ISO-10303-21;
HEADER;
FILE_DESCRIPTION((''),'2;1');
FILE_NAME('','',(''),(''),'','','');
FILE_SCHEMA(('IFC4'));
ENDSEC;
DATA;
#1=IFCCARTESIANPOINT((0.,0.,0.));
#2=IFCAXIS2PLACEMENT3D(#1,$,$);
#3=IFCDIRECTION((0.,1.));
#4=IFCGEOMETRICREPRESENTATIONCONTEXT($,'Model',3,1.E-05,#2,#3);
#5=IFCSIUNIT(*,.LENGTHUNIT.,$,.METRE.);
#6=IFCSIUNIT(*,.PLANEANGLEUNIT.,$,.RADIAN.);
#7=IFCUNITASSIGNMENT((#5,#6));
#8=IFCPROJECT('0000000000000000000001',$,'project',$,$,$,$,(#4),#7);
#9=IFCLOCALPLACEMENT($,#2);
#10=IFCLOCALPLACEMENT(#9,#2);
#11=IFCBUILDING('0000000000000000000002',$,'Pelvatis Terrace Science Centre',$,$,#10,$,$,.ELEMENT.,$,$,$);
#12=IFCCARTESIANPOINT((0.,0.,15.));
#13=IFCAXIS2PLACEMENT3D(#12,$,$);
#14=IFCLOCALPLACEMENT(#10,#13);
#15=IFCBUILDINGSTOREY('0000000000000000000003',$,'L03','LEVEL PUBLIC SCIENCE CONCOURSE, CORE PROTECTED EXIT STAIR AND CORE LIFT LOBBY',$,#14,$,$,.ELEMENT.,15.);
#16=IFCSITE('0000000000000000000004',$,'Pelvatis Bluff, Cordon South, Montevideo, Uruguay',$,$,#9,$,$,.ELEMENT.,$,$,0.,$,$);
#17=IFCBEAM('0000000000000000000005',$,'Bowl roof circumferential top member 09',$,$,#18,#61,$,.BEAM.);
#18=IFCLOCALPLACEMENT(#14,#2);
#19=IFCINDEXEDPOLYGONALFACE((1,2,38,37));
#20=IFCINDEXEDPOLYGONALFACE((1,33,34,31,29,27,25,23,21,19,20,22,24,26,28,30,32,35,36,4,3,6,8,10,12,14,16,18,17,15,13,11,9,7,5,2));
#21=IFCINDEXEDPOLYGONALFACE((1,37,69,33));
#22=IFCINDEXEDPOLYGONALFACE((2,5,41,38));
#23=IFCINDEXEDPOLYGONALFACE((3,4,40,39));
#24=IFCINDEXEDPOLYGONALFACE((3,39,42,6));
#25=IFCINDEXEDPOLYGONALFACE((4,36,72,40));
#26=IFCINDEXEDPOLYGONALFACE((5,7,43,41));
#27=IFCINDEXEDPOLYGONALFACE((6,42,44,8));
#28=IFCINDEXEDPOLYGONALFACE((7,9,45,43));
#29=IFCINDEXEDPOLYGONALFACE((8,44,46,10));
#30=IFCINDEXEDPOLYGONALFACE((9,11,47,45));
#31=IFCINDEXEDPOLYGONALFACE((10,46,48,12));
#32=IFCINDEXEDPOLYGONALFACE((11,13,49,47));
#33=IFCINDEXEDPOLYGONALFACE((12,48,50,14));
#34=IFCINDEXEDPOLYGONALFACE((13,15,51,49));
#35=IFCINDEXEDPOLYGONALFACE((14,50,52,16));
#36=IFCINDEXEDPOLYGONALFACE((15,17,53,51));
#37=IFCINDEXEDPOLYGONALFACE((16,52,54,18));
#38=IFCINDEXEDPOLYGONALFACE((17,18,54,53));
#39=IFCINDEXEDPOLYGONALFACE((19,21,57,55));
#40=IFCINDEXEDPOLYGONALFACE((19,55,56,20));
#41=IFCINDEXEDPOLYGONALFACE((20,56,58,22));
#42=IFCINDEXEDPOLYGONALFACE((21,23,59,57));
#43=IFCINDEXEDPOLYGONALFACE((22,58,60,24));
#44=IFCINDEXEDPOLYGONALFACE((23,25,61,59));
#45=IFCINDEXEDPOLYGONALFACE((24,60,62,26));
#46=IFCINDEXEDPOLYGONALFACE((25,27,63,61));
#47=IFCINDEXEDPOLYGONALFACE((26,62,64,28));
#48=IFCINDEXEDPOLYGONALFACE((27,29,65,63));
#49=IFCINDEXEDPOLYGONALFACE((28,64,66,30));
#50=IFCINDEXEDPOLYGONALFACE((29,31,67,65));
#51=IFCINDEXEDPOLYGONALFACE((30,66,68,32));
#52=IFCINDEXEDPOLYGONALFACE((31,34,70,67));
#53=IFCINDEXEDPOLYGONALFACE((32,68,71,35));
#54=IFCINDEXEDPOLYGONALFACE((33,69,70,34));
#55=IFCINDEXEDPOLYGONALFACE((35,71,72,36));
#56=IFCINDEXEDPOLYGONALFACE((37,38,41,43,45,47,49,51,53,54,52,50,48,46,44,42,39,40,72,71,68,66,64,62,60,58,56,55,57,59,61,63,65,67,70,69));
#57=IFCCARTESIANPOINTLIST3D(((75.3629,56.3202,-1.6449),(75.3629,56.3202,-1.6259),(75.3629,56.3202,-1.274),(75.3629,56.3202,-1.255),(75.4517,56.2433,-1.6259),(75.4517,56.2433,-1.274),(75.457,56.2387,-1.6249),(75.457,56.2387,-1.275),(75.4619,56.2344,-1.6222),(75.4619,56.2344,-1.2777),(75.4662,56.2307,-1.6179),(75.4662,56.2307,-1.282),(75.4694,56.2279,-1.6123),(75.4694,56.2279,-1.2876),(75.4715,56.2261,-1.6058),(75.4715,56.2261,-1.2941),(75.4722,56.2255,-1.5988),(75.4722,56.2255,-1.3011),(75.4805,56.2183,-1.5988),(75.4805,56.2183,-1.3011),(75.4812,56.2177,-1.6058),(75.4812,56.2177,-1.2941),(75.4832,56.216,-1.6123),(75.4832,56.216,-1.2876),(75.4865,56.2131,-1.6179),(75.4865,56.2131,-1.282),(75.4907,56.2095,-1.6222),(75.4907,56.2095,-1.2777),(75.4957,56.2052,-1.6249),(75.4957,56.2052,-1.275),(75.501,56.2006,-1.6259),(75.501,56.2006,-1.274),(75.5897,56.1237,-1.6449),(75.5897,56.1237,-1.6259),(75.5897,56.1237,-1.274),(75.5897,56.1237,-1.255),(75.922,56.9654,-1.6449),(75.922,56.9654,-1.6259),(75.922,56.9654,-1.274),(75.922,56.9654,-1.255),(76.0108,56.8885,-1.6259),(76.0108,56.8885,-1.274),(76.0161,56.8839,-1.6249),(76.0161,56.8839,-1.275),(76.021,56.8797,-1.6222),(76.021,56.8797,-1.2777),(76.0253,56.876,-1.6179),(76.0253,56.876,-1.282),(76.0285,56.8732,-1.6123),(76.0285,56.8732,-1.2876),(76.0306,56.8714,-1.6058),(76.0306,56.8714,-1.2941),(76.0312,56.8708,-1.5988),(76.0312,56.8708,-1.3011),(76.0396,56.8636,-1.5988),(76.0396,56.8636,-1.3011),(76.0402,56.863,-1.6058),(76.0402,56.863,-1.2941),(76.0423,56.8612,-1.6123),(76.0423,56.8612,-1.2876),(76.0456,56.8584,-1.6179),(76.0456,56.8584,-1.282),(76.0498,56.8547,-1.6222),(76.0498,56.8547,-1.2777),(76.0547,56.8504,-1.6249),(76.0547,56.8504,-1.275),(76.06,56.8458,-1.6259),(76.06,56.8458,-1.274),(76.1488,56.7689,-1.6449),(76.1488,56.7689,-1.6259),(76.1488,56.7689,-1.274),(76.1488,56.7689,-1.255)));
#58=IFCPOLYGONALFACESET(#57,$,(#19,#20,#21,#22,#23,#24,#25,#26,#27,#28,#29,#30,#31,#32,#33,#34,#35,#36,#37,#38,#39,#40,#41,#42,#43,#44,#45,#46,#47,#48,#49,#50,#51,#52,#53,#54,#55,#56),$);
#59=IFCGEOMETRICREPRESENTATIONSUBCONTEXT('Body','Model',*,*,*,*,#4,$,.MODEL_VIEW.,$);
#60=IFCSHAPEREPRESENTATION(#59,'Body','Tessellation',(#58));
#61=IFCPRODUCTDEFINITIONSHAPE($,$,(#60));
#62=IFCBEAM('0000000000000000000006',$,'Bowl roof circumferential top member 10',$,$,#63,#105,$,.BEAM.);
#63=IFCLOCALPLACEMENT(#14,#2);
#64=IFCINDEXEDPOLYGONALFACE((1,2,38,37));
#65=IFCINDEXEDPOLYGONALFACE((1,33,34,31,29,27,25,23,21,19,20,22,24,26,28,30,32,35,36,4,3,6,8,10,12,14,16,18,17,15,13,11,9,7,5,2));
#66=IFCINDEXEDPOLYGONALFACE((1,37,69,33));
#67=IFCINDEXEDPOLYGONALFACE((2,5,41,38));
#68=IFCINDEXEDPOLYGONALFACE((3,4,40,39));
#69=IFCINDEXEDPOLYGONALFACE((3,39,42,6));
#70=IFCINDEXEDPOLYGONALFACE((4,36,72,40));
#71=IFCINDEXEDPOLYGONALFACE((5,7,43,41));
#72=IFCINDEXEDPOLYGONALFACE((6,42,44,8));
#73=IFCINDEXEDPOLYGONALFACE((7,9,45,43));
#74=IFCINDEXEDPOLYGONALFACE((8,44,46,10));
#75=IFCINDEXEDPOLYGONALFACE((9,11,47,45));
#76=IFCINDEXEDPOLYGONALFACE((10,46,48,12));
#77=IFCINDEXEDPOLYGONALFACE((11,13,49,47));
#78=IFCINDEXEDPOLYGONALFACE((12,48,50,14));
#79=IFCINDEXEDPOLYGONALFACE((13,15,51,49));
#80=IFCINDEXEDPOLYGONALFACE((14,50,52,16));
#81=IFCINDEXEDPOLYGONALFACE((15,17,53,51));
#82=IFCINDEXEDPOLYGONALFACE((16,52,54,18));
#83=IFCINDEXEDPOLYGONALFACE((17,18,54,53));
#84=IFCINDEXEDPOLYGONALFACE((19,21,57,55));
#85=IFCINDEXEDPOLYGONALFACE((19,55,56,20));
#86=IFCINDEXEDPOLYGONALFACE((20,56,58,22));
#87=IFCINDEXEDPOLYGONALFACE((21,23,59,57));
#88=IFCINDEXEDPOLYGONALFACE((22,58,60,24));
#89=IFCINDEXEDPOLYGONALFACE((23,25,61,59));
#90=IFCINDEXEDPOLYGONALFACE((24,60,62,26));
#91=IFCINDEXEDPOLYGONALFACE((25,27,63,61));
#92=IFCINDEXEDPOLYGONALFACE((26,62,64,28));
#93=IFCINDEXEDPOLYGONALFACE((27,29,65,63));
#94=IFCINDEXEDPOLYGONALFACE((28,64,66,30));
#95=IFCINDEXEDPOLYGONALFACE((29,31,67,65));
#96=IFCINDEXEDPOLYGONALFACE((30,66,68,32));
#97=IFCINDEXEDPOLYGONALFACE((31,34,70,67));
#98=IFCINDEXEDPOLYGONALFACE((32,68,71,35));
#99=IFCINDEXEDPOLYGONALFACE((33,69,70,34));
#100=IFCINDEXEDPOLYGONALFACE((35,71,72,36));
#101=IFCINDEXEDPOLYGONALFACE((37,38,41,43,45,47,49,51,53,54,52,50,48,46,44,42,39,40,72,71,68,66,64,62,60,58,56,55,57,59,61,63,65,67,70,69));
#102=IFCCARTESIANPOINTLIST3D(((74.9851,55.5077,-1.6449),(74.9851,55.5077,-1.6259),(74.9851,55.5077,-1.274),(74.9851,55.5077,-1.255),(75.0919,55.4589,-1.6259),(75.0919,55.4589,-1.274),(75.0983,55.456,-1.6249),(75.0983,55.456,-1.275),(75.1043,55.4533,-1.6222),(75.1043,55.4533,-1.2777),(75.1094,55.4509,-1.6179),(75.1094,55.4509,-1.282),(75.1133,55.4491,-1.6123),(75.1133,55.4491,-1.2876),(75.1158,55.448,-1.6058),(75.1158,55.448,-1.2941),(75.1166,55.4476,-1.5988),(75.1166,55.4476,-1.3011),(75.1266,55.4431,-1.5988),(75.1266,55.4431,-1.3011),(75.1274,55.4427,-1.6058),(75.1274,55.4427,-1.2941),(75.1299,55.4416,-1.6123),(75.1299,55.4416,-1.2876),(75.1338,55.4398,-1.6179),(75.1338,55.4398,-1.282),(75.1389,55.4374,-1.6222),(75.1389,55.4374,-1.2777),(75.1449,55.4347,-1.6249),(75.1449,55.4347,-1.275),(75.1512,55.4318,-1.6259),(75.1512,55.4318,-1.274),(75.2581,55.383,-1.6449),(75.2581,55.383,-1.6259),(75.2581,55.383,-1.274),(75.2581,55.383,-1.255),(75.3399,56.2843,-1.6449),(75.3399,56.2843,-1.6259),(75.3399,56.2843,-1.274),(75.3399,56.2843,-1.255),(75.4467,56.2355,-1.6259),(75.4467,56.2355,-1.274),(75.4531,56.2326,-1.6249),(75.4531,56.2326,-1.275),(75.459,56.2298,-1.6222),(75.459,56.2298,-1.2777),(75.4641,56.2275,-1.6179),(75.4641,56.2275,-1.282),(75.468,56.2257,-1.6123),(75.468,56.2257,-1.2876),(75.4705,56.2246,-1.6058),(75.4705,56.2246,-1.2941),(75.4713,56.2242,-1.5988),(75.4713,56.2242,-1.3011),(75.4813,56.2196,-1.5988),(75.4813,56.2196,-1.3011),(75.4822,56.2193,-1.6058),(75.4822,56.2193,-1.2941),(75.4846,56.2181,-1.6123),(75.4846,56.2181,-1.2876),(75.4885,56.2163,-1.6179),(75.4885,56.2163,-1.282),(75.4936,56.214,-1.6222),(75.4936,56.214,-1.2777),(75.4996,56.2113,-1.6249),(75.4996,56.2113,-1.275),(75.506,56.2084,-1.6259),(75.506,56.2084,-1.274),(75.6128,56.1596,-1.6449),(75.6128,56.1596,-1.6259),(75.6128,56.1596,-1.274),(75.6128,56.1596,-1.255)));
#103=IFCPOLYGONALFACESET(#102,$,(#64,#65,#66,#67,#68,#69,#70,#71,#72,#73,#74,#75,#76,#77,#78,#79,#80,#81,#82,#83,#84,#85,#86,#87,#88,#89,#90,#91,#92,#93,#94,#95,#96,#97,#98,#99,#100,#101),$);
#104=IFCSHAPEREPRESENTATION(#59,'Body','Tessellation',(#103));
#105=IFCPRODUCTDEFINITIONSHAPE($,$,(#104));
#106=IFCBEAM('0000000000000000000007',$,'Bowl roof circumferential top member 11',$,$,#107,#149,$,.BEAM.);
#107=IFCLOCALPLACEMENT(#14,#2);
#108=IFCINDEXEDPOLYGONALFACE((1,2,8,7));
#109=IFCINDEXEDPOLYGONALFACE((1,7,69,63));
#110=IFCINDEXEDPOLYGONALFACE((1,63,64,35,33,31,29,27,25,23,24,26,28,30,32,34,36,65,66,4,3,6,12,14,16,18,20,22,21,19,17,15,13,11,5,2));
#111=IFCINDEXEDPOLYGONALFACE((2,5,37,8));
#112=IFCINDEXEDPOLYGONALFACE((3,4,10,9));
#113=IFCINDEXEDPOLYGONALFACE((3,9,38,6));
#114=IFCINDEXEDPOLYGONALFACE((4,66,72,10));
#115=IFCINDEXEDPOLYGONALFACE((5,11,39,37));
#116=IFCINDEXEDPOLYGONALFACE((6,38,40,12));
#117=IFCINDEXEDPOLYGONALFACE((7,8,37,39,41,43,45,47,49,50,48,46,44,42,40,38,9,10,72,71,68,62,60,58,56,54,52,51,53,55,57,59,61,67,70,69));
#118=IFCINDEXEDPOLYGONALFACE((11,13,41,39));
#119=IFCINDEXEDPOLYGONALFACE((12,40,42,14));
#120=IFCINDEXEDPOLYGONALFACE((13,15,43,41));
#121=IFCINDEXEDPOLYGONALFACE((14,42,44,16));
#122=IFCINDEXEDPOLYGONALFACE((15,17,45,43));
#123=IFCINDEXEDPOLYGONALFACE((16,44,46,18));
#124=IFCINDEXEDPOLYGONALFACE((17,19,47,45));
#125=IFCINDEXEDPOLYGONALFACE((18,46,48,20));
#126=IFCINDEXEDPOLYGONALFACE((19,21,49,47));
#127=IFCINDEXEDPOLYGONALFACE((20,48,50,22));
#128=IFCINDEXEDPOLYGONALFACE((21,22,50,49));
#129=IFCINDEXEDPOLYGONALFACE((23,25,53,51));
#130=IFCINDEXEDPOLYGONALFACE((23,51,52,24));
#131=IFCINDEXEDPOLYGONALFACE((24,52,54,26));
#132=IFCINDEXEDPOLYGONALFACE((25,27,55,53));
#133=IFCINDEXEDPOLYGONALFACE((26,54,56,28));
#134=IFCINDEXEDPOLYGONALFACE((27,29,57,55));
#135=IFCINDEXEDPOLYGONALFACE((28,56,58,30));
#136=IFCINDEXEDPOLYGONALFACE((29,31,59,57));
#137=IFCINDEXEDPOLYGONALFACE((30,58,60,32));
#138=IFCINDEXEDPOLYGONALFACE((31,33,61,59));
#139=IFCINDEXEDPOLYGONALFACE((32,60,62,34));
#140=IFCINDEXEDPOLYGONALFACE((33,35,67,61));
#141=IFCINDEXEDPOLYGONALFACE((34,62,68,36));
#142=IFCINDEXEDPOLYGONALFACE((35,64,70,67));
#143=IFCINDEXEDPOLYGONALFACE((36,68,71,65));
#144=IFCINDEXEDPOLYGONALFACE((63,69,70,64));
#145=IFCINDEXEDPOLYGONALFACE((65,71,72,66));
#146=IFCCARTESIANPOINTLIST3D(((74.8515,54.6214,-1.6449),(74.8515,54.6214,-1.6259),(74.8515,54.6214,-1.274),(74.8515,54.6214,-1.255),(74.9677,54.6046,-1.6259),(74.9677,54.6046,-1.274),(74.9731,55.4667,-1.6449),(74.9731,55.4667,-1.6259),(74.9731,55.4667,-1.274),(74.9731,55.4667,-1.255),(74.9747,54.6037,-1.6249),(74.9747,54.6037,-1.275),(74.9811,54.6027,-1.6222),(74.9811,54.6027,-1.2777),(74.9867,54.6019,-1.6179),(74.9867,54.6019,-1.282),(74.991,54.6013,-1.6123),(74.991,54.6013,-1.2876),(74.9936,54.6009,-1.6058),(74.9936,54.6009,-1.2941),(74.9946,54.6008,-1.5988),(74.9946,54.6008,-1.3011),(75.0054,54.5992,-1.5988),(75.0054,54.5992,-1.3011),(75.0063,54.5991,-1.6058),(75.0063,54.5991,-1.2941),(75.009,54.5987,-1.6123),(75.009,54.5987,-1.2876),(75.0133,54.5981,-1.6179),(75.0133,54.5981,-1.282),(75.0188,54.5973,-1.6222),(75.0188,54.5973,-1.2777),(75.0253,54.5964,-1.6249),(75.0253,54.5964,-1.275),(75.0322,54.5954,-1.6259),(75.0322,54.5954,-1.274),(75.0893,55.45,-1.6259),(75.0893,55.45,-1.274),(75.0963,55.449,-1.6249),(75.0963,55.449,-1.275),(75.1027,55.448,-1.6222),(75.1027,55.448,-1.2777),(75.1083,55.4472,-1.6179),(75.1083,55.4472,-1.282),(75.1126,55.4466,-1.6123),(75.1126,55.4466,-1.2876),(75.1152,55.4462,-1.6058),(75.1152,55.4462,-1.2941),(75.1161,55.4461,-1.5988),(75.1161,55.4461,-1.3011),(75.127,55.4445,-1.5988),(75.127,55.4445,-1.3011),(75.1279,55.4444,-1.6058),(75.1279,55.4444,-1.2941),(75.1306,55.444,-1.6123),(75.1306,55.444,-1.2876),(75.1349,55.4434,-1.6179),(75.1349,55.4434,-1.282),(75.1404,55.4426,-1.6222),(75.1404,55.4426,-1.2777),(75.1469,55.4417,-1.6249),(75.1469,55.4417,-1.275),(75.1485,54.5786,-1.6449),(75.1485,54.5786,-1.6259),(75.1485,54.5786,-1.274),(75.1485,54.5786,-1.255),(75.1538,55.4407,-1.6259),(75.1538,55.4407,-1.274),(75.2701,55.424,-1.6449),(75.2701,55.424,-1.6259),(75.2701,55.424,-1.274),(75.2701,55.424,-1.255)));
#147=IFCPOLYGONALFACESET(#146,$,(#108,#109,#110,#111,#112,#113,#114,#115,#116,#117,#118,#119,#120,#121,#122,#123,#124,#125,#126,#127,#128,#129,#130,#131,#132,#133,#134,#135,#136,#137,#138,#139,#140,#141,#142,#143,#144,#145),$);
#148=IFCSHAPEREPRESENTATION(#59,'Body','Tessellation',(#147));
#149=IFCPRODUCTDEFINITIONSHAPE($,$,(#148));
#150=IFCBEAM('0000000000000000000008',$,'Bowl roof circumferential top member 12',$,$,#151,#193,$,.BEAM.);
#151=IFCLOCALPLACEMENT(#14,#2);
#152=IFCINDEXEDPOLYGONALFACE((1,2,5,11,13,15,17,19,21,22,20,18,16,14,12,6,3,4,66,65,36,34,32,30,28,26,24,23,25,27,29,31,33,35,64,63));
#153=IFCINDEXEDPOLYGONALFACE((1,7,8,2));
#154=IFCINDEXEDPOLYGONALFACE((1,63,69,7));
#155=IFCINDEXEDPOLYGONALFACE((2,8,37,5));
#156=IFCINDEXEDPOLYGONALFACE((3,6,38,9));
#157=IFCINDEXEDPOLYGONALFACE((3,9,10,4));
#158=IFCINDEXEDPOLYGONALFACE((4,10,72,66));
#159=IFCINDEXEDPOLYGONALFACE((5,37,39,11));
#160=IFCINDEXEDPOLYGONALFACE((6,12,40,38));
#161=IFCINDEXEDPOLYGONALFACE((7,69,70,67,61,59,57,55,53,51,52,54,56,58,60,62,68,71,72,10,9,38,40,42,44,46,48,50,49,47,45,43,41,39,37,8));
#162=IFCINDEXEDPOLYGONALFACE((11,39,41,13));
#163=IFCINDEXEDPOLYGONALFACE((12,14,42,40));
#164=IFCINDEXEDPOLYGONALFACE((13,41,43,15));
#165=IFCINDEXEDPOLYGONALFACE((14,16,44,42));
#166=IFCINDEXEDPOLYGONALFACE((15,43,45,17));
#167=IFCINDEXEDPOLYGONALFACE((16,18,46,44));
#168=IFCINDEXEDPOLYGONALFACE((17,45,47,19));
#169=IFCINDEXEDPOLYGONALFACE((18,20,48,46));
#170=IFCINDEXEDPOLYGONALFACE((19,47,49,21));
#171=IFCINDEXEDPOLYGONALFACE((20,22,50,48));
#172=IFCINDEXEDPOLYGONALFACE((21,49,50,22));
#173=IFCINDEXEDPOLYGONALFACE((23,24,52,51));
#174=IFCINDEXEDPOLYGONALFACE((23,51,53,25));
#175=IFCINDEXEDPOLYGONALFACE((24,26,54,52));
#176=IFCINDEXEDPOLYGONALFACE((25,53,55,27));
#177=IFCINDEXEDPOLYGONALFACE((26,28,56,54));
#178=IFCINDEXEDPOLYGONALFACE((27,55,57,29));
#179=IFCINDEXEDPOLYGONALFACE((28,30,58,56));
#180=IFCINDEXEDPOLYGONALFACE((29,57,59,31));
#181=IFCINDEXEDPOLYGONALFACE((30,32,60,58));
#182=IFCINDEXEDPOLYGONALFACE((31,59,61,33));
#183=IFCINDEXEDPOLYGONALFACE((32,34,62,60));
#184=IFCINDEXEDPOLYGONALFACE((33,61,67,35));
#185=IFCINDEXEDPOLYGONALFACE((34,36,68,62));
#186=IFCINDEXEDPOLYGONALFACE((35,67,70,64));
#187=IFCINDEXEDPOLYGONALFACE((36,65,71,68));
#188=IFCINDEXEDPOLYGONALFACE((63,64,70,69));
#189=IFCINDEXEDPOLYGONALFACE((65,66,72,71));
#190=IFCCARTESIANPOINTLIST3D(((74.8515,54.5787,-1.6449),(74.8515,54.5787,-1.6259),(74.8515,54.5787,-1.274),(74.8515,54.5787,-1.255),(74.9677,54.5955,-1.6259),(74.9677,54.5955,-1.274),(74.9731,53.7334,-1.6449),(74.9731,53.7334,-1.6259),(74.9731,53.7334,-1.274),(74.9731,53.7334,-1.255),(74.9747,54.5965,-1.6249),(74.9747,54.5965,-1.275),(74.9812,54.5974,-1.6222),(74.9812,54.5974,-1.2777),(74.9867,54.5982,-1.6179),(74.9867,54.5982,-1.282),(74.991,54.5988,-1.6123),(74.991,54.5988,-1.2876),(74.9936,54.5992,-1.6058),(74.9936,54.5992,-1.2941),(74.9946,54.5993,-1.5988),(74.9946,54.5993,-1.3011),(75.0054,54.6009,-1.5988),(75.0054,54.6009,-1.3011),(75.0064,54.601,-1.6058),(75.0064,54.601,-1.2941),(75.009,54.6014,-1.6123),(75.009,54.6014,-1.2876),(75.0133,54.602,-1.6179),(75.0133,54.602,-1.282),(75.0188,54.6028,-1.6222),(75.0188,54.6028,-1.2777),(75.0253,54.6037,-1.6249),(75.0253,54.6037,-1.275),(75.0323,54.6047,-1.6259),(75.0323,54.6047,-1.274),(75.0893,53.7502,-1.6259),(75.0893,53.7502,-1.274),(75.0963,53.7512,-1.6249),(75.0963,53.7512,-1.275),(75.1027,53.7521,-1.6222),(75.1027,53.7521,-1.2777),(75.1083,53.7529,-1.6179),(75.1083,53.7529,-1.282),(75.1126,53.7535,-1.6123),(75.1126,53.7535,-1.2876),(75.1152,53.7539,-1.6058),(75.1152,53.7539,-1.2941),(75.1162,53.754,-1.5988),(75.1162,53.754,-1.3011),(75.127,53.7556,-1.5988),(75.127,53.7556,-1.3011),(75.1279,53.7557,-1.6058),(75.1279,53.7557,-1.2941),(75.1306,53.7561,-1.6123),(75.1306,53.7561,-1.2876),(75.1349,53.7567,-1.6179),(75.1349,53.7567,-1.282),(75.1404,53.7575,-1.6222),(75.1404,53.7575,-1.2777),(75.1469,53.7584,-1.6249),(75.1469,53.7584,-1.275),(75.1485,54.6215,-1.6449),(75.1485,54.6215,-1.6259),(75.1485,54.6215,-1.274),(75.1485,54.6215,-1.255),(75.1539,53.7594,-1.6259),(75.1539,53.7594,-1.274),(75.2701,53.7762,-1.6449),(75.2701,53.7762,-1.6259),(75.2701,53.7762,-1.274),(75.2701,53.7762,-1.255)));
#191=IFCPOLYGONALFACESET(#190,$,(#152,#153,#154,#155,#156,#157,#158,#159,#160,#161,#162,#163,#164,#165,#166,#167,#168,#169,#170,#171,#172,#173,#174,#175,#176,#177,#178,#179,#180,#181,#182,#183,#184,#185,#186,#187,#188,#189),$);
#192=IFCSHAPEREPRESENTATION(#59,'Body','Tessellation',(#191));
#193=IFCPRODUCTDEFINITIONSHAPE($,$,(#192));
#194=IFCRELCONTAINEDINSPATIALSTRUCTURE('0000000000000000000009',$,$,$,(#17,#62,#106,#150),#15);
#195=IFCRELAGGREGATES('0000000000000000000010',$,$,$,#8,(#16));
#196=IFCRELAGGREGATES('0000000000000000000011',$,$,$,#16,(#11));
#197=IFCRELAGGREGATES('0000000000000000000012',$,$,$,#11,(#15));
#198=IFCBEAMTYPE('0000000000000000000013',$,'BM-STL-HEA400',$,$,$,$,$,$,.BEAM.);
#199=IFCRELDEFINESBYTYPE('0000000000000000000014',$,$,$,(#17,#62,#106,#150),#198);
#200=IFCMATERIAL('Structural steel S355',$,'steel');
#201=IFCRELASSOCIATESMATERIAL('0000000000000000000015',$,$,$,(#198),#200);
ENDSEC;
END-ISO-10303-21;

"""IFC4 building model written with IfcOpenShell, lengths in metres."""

from ifc_helpers import new_model, si_unit, direction, frame, origin, origin_2d, place, context, subcontext, project, spatial, i_section, extrude, material, material_profile, profile_set, type_object, element, save


model = new_model("IFC4")

# Units and contexts
model_context = context("Model", 3, precision=1e-05, world=origin(), true_north=direction((0.0, 1.0)))
body_context = subcontext(model_context, "Body", "Model", "MODEL_VIEW")
ifc_project = project(units=[si_unit("LENGTHUNIT", "METRE"), si_unit("PLANEANGLEUNIT", "RADIAN")], contexts=[model_context])

# Site, building, storey
site_placement = place(None, origin())
site = spatial("IfcSite", under=ifc_project, at=site_placement, Name="Pelvatis Bluff, Cordon South, Montevideo, Uruguay", CompositionType="ELEMENT", RefElevation=0.0)
building_placement = place(site_placement, origin())
building = spatial("IfcBuilding", under=site, at=building_placement, Name="Pelvatis Terrace Science Centre", CompositionType="ELEMENT")
storey_placement = place(building_placement, frame((0.0, 0.0, 15.0)))
storey = spatial("IfcBuildingStorey", under=building, at=storey_placement, Name="L03", Description="LEVEL PUBLIC SCIENCE CONCOURSE, CORE PROTECTED EXIT STAIR AND CORE LIFT LOBBY", CompositionType="ELEMENT", Elevation=15.0)

# Beams
ifc_material_1 = material(Name="Structural steel S355", Category="steel")
ifc_material_profile_1 = material_profile(ifc_material_1, i_section(OverallWidth=0.3, OverallDepth=0.3899, WebThickness=0.011, FlangeThickness=0.019, FilletRadius=0.0271, at=origin_2d()), Name="HEA 400")
ifc_profile_set_1 = profile_set([ifc_material_profile_1], Name="Structural steel S355")
beam_type_1 = type_object("IfcBeamType", Name="BM-STL-HEA400", PredefinedType="BEAM", material=ifc_profile_set_1)
for number, where, z_axis, x_axis, name in (
    (1, (76.0354, 56.8672, -1.45), (-0.654833, -0.755774, 0.0), (0.755774, -0.654833, 0.0), "Bowl roof circumferential top member 09"),
    (2, (75.4763, 56.2219, -1.45), (-0.415483, -0.909601, 0.0), (0.909601, -0.415483, 0.0), "Bowl roof circumferential top member 10"),
):
    element("IfcBeam", number, at=place(storey_placement, frame(where, z_axis=z_axis, x_axis=x_axis)), inside=storey, type_object=beam_type_1, Name=name, PredefinedType="BEAM", context=body_context, shape_type="SweptSolid", body=[
        extrude(i_section(OverallWidth=0.3, OverallDepth=0.3899, WebThickness=0.011, FlangeThickness=0.019, FilletRadius=0.0271, at=origin_2d()), origin(), (0.0, 0.0, 1.0), 0.8538),
    ])
for number, where, z_axis, x_axis, name in (
    (3, (75.1216, 55.4453, -1.45), (-0.142382, -0.989812, 0.0), (0.989812, -0.142382, 0.0), "Bowl roof circumferential top member 11"),
    (4, (75.0, 54.6001, -1.45), (0.142382, -0.989812, 0.0), (0.989812, 0.142382, 0.0), "Bowl roof circumferential top member 12"),
):
    element("IfcBeam", number, at=place(storey_placement, frame(where, z_axis=z_axis, x_axis=x_axis)), inside=storey, type_object=beam_type_1, Name=name, PredefinedType="BEAM", context=body_context, shape_type="SweptSolid", body=[
        extrude(i_section(OverallWidth=0.3, OverallDepth=0.3899, WebThickness=0.011, FlangeThickness=0.019, FilletRadius=0.0271, at=origin_2d()), origin(), (0.0, 0.0, 1.0), 0.854),
    ])

save(model, "model.ifc")
